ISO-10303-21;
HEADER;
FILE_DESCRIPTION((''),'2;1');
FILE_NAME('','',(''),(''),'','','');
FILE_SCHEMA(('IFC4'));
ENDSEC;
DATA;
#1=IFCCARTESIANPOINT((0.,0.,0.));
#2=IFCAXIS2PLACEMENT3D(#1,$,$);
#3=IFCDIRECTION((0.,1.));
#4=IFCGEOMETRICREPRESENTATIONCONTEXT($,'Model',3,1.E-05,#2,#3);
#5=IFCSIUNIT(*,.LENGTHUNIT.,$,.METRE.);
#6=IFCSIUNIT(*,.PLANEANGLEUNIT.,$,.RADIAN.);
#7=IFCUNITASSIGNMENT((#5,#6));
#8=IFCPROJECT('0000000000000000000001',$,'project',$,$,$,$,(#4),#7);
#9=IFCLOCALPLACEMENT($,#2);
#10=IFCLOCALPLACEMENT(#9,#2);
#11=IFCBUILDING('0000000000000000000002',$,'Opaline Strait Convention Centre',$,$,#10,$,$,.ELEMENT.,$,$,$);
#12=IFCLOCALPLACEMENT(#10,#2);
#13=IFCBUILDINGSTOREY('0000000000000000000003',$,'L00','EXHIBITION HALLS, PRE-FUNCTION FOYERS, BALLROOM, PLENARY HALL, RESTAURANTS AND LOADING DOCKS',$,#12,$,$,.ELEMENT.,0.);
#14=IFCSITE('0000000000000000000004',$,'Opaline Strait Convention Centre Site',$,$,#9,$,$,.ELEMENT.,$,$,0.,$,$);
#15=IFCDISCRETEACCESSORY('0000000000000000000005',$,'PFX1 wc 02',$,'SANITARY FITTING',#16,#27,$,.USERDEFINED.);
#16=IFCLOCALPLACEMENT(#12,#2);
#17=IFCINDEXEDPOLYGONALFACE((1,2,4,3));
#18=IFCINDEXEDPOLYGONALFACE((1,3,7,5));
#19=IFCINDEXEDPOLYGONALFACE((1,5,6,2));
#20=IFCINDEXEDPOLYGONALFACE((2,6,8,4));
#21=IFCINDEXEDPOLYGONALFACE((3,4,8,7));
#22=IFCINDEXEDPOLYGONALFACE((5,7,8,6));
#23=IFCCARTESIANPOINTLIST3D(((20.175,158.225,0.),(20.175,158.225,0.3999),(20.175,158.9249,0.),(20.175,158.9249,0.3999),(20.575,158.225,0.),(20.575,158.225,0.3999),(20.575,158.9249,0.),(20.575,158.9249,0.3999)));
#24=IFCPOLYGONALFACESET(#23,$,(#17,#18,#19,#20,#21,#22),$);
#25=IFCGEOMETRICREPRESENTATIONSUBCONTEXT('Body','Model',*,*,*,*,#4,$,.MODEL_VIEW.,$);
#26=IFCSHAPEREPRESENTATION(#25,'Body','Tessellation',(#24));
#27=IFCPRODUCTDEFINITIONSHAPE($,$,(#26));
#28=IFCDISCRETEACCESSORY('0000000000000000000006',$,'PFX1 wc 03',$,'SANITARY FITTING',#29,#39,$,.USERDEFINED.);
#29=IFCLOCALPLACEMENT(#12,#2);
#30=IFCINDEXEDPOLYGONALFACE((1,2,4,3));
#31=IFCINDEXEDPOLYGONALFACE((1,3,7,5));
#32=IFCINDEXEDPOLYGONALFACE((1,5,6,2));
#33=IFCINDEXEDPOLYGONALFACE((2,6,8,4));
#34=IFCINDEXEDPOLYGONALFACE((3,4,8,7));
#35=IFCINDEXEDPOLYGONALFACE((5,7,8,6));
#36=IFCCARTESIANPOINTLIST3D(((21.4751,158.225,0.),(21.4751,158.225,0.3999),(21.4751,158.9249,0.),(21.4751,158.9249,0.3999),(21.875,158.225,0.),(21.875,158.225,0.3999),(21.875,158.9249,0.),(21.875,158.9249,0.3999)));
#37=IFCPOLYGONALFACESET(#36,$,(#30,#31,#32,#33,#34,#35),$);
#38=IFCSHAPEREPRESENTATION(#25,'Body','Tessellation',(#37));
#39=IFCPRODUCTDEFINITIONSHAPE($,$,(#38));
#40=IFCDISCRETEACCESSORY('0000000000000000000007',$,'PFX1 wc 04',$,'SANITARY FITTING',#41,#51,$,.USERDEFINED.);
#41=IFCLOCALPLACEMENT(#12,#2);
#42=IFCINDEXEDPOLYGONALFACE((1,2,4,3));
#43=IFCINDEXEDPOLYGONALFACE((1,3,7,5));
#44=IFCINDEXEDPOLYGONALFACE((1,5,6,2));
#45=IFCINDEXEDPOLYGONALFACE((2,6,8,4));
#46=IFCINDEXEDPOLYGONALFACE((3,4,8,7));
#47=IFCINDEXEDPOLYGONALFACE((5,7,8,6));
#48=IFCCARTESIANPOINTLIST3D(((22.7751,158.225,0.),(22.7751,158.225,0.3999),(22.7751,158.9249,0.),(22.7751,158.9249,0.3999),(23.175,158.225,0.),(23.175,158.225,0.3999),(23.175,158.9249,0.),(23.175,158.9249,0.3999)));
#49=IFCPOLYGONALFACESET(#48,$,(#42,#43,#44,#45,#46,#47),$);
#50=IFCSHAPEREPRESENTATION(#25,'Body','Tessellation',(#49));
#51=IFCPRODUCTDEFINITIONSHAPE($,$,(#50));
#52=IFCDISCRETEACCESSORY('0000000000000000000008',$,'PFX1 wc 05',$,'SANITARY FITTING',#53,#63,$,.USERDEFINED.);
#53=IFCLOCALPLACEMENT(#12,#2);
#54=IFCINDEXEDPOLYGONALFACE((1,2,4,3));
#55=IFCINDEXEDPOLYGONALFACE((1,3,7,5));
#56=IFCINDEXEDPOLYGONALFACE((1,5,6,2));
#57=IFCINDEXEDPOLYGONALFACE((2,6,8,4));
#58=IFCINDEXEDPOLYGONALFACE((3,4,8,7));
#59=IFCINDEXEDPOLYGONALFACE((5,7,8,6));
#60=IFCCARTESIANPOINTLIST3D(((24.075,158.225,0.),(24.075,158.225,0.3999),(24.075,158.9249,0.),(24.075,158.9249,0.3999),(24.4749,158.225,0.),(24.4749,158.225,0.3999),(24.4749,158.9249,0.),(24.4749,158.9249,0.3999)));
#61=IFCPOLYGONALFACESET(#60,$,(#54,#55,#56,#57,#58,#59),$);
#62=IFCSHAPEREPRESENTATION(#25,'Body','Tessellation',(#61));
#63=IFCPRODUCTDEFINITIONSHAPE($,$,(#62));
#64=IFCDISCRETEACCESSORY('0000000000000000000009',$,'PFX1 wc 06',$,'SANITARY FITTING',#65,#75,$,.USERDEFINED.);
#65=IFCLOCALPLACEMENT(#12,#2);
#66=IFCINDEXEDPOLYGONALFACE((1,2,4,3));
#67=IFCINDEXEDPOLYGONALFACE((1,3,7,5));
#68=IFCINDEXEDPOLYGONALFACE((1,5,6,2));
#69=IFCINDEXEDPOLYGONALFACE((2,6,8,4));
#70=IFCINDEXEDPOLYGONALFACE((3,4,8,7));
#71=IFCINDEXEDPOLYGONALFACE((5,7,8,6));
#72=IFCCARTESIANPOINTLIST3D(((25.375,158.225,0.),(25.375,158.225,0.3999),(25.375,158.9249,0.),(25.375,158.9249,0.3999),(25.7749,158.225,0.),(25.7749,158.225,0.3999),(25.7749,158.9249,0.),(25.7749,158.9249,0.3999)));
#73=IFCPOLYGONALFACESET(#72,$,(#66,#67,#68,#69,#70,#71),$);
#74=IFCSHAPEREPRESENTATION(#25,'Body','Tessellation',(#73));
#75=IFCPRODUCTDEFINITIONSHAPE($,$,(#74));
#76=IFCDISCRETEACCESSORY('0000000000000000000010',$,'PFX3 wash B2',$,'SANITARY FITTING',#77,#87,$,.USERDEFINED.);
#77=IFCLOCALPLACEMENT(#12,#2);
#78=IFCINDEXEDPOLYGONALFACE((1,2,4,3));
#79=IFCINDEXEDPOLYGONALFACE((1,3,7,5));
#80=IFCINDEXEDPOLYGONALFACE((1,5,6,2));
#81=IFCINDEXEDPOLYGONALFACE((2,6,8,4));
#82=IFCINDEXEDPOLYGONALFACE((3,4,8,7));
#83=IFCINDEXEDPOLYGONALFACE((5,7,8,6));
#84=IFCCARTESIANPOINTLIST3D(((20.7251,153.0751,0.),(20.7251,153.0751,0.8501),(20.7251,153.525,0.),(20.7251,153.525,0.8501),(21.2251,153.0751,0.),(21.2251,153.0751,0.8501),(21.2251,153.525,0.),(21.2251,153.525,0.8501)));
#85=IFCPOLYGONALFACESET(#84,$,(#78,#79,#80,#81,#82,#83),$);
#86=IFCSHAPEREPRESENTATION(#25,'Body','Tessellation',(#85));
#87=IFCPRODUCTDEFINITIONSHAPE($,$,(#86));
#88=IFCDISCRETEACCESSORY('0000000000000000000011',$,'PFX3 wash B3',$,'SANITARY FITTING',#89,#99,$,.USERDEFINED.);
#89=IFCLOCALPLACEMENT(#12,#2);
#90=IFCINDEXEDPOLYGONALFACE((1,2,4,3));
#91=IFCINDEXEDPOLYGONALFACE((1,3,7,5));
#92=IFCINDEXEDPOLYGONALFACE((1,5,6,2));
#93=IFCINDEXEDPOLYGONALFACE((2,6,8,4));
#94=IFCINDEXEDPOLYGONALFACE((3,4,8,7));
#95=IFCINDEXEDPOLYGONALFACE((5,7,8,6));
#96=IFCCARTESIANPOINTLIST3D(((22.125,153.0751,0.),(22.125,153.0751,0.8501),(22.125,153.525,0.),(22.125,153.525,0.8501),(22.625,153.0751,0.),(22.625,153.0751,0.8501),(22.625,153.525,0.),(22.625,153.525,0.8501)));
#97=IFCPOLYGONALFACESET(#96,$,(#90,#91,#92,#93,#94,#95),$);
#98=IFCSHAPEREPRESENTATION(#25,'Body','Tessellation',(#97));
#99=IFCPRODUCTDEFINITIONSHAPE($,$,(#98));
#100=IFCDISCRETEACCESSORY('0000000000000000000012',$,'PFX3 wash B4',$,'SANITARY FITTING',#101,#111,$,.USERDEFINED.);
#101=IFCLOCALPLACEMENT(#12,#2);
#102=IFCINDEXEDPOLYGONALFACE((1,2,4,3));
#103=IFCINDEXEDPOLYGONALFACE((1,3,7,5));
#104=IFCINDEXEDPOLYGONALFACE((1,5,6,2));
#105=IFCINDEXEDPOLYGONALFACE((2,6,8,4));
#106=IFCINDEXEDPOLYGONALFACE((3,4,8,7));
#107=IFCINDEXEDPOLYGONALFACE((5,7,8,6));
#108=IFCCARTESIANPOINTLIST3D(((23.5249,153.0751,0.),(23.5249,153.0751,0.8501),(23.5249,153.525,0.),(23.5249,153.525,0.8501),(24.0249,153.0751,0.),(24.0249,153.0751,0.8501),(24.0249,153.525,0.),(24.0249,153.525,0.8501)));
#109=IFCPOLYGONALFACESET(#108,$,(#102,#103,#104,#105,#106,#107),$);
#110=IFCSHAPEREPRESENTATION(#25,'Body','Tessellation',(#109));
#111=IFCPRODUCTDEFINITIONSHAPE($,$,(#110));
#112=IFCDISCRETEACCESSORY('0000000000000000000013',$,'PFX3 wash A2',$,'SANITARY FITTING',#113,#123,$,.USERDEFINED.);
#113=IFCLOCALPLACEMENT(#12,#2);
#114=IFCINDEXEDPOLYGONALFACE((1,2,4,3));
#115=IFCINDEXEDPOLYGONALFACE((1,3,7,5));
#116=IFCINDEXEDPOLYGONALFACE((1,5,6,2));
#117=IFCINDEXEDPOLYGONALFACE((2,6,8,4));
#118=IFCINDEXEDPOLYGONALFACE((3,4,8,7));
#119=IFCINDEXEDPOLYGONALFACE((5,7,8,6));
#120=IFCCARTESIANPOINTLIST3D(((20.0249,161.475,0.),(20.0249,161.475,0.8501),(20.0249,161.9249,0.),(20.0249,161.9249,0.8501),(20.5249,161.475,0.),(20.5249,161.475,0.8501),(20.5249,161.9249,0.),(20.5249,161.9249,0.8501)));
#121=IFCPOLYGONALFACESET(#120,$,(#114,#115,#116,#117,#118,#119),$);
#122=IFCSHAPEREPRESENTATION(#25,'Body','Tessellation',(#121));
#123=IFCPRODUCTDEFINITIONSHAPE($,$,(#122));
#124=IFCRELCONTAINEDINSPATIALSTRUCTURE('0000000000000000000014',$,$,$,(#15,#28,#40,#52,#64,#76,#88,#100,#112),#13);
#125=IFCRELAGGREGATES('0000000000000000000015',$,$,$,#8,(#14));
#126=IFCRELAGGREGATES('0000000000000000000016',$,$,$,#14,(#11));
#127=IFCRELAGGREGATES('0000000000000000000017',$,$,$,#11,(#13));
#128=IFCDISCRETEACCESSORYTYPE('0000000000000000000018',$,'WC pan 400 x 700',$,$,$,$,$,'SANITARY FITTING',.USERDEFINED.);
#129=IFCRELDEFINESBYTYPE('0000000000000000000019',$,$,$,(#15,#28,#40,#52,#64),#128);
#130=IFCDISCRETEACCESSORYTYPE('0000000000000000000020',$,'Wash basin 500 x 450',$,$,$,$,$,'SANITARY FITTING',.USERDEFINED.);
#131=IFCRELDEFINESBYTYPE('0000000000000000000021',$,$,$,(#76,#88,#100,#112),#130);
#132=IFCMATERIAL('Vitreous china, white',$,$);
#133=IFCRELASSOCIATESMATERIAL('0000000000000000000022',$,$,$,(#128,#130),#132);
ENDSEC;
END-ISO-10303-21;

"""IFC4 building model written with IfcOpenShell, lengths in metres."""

from ifc_helpers import new_model, si_unit, direction, frame, origin, origin_2d, place, context, subcontext, project, spatial, rectangle, extrude, material, type_object, element, save


model = new_model("IFC4")

# Units and contexts
model_context = context("Model", 3, precision=1e-05, world=origin(), true_north=direction((0.0, 1.0)))
body_context = subcontext(model_context, "Body", "Model", "MODEL_VIEW")
ifc_project = project(units=[si_unit("LENGTHUNIT", "METRE"), si_unit("PLANEANGLEUNIT", "RADIAN")], contexts=[model_context])

# Site, building, storey
site_placement = place(None, origin())
site = spatial("IfcSite", under=ifc_project, at=site_placement, Name="Opaline Strait Convention Centre Site", CompositionType="ELEMENT", RefElevation=0.0)
building_placement = place(site_placement, origin())
building = spatial("IfcBuilding", under=site, at=building_placement, Name="Opaline Strait Convention Centre", CompositionType="ELEMENT")
storey_placement = place(building_placement, origin())
storey = spatial("IfcBuildingStorey", under=building, at=storey_placement, Name="L00", Description="EXHIBITION HALLS, PRE-FUNCTION FOYERS, BALLROOM, PLENARY HALL, RESTAURANTS AND LOADING DOCKS", CompositionType="ELEMENT", Elevation=0.0)

# Discrete accessories
ifc_material_1 = material(Name="Vitreous china, white")
discrete_accessory_type_1 = type_object("IfcDiscreteAccessoryType", Name="WC pan 400 x 700", ElementType="SANITARY FITTING", PredefinedType="USERDEFINED", material=ifc_material_1)
for number, where, z_axis, x_axis, name in (
    (1, (20.375, 158.575, 0.0), (0.0, 0.0, 1.0), (1.0, 0.0, 0.0), "PFX1 wc 02"),
    (2, (21.675, 158.575, 0.0), (0.0, 0.0, 1.0), (1.0, 0.0, 0.0), "PFX1 wc 03"),
    (3, (22.9751, 158.575, 0.0), (0.0, 0.0, 1.0), (1.0, 0.0, 0.0), "PFX1 wc 04"),
    (4, (24.2749, 158.575, 0.0), (0.0, 0.0, 1.0), (1.0, 0.0, 0.0), "PFX1 wc 05"),
    (5, (25.575, 158.575, 0.0), (0.0, 0.0, 1.0), (1.0, 0.0, 0.0), "PFX1 wc 06"),
):
    element("IfcDiscreteAccessory", number, at=place(storey_placement, frame(where, z_axis=z_axis, x_axis=x_axis)), inside=storey, type_object=discrete_accessory_type_1, Name=name, ObjectType="SANITARY FITTING", PredefinedType="USERDEFINED", context=body_context, shape_type="SweptSolid", body=[
        extrude(rectangle(XDim=0.3999, YDim=0.7, at=origin_2d()), origin(), (0.0, 0.0, 1.0), 0.3999),
    ])
discrete_accessory_type_2 = type_object("IfcDiscreteAccessoryType", Name="Wash basin 500 x 450", ElementType="SANITARY FITTING", PredefinedType="USERDEFINED", material=ifc_material_1)
for number, where, z_axis, x_axis, name in (
    (6, (20.9751, 153.3, 0.0), (0.0, 0.0, 1.0), (1.0, 0.0, 0.0), "PFX3 wash B2"),
    (7, (22.375, 153.3, 0.0), (0.0, 0.0, 1.0), (1.0, 0.0, 0.0), "PFX3 wash B3"),
    (8, (23.7749, 153.3, 0.0), (0.0, 0.0, 1.0), (1.0, 0.0, 0.0), "PFX3 wash B4"),
    (9, (20.2749, 161.7, 0.0), (0.0, 0.0, 1.0), (1.0, 0.0, 0.0), "PFX3 wash A2"),
):
    element("IfcDiscreteAccessory", number, at=place(storey_placement, frame(where, z_axis=z_axis, x_axis=x_axis)), inside=storey, type_object=discrete_accessory_type_2, Name=name, ObjectType="SANITARY FITTING", PredefinedType="USERDEFINED", context=body_context, shape_type="SweptSolid", body=[
        extrude(rectangle(XDim=0.5, YDim=0.45, at=origin_2d()), origin(), (0.0, 0.0, 1.0), 0.8501),
    ])

save(model, "model.ifc")
